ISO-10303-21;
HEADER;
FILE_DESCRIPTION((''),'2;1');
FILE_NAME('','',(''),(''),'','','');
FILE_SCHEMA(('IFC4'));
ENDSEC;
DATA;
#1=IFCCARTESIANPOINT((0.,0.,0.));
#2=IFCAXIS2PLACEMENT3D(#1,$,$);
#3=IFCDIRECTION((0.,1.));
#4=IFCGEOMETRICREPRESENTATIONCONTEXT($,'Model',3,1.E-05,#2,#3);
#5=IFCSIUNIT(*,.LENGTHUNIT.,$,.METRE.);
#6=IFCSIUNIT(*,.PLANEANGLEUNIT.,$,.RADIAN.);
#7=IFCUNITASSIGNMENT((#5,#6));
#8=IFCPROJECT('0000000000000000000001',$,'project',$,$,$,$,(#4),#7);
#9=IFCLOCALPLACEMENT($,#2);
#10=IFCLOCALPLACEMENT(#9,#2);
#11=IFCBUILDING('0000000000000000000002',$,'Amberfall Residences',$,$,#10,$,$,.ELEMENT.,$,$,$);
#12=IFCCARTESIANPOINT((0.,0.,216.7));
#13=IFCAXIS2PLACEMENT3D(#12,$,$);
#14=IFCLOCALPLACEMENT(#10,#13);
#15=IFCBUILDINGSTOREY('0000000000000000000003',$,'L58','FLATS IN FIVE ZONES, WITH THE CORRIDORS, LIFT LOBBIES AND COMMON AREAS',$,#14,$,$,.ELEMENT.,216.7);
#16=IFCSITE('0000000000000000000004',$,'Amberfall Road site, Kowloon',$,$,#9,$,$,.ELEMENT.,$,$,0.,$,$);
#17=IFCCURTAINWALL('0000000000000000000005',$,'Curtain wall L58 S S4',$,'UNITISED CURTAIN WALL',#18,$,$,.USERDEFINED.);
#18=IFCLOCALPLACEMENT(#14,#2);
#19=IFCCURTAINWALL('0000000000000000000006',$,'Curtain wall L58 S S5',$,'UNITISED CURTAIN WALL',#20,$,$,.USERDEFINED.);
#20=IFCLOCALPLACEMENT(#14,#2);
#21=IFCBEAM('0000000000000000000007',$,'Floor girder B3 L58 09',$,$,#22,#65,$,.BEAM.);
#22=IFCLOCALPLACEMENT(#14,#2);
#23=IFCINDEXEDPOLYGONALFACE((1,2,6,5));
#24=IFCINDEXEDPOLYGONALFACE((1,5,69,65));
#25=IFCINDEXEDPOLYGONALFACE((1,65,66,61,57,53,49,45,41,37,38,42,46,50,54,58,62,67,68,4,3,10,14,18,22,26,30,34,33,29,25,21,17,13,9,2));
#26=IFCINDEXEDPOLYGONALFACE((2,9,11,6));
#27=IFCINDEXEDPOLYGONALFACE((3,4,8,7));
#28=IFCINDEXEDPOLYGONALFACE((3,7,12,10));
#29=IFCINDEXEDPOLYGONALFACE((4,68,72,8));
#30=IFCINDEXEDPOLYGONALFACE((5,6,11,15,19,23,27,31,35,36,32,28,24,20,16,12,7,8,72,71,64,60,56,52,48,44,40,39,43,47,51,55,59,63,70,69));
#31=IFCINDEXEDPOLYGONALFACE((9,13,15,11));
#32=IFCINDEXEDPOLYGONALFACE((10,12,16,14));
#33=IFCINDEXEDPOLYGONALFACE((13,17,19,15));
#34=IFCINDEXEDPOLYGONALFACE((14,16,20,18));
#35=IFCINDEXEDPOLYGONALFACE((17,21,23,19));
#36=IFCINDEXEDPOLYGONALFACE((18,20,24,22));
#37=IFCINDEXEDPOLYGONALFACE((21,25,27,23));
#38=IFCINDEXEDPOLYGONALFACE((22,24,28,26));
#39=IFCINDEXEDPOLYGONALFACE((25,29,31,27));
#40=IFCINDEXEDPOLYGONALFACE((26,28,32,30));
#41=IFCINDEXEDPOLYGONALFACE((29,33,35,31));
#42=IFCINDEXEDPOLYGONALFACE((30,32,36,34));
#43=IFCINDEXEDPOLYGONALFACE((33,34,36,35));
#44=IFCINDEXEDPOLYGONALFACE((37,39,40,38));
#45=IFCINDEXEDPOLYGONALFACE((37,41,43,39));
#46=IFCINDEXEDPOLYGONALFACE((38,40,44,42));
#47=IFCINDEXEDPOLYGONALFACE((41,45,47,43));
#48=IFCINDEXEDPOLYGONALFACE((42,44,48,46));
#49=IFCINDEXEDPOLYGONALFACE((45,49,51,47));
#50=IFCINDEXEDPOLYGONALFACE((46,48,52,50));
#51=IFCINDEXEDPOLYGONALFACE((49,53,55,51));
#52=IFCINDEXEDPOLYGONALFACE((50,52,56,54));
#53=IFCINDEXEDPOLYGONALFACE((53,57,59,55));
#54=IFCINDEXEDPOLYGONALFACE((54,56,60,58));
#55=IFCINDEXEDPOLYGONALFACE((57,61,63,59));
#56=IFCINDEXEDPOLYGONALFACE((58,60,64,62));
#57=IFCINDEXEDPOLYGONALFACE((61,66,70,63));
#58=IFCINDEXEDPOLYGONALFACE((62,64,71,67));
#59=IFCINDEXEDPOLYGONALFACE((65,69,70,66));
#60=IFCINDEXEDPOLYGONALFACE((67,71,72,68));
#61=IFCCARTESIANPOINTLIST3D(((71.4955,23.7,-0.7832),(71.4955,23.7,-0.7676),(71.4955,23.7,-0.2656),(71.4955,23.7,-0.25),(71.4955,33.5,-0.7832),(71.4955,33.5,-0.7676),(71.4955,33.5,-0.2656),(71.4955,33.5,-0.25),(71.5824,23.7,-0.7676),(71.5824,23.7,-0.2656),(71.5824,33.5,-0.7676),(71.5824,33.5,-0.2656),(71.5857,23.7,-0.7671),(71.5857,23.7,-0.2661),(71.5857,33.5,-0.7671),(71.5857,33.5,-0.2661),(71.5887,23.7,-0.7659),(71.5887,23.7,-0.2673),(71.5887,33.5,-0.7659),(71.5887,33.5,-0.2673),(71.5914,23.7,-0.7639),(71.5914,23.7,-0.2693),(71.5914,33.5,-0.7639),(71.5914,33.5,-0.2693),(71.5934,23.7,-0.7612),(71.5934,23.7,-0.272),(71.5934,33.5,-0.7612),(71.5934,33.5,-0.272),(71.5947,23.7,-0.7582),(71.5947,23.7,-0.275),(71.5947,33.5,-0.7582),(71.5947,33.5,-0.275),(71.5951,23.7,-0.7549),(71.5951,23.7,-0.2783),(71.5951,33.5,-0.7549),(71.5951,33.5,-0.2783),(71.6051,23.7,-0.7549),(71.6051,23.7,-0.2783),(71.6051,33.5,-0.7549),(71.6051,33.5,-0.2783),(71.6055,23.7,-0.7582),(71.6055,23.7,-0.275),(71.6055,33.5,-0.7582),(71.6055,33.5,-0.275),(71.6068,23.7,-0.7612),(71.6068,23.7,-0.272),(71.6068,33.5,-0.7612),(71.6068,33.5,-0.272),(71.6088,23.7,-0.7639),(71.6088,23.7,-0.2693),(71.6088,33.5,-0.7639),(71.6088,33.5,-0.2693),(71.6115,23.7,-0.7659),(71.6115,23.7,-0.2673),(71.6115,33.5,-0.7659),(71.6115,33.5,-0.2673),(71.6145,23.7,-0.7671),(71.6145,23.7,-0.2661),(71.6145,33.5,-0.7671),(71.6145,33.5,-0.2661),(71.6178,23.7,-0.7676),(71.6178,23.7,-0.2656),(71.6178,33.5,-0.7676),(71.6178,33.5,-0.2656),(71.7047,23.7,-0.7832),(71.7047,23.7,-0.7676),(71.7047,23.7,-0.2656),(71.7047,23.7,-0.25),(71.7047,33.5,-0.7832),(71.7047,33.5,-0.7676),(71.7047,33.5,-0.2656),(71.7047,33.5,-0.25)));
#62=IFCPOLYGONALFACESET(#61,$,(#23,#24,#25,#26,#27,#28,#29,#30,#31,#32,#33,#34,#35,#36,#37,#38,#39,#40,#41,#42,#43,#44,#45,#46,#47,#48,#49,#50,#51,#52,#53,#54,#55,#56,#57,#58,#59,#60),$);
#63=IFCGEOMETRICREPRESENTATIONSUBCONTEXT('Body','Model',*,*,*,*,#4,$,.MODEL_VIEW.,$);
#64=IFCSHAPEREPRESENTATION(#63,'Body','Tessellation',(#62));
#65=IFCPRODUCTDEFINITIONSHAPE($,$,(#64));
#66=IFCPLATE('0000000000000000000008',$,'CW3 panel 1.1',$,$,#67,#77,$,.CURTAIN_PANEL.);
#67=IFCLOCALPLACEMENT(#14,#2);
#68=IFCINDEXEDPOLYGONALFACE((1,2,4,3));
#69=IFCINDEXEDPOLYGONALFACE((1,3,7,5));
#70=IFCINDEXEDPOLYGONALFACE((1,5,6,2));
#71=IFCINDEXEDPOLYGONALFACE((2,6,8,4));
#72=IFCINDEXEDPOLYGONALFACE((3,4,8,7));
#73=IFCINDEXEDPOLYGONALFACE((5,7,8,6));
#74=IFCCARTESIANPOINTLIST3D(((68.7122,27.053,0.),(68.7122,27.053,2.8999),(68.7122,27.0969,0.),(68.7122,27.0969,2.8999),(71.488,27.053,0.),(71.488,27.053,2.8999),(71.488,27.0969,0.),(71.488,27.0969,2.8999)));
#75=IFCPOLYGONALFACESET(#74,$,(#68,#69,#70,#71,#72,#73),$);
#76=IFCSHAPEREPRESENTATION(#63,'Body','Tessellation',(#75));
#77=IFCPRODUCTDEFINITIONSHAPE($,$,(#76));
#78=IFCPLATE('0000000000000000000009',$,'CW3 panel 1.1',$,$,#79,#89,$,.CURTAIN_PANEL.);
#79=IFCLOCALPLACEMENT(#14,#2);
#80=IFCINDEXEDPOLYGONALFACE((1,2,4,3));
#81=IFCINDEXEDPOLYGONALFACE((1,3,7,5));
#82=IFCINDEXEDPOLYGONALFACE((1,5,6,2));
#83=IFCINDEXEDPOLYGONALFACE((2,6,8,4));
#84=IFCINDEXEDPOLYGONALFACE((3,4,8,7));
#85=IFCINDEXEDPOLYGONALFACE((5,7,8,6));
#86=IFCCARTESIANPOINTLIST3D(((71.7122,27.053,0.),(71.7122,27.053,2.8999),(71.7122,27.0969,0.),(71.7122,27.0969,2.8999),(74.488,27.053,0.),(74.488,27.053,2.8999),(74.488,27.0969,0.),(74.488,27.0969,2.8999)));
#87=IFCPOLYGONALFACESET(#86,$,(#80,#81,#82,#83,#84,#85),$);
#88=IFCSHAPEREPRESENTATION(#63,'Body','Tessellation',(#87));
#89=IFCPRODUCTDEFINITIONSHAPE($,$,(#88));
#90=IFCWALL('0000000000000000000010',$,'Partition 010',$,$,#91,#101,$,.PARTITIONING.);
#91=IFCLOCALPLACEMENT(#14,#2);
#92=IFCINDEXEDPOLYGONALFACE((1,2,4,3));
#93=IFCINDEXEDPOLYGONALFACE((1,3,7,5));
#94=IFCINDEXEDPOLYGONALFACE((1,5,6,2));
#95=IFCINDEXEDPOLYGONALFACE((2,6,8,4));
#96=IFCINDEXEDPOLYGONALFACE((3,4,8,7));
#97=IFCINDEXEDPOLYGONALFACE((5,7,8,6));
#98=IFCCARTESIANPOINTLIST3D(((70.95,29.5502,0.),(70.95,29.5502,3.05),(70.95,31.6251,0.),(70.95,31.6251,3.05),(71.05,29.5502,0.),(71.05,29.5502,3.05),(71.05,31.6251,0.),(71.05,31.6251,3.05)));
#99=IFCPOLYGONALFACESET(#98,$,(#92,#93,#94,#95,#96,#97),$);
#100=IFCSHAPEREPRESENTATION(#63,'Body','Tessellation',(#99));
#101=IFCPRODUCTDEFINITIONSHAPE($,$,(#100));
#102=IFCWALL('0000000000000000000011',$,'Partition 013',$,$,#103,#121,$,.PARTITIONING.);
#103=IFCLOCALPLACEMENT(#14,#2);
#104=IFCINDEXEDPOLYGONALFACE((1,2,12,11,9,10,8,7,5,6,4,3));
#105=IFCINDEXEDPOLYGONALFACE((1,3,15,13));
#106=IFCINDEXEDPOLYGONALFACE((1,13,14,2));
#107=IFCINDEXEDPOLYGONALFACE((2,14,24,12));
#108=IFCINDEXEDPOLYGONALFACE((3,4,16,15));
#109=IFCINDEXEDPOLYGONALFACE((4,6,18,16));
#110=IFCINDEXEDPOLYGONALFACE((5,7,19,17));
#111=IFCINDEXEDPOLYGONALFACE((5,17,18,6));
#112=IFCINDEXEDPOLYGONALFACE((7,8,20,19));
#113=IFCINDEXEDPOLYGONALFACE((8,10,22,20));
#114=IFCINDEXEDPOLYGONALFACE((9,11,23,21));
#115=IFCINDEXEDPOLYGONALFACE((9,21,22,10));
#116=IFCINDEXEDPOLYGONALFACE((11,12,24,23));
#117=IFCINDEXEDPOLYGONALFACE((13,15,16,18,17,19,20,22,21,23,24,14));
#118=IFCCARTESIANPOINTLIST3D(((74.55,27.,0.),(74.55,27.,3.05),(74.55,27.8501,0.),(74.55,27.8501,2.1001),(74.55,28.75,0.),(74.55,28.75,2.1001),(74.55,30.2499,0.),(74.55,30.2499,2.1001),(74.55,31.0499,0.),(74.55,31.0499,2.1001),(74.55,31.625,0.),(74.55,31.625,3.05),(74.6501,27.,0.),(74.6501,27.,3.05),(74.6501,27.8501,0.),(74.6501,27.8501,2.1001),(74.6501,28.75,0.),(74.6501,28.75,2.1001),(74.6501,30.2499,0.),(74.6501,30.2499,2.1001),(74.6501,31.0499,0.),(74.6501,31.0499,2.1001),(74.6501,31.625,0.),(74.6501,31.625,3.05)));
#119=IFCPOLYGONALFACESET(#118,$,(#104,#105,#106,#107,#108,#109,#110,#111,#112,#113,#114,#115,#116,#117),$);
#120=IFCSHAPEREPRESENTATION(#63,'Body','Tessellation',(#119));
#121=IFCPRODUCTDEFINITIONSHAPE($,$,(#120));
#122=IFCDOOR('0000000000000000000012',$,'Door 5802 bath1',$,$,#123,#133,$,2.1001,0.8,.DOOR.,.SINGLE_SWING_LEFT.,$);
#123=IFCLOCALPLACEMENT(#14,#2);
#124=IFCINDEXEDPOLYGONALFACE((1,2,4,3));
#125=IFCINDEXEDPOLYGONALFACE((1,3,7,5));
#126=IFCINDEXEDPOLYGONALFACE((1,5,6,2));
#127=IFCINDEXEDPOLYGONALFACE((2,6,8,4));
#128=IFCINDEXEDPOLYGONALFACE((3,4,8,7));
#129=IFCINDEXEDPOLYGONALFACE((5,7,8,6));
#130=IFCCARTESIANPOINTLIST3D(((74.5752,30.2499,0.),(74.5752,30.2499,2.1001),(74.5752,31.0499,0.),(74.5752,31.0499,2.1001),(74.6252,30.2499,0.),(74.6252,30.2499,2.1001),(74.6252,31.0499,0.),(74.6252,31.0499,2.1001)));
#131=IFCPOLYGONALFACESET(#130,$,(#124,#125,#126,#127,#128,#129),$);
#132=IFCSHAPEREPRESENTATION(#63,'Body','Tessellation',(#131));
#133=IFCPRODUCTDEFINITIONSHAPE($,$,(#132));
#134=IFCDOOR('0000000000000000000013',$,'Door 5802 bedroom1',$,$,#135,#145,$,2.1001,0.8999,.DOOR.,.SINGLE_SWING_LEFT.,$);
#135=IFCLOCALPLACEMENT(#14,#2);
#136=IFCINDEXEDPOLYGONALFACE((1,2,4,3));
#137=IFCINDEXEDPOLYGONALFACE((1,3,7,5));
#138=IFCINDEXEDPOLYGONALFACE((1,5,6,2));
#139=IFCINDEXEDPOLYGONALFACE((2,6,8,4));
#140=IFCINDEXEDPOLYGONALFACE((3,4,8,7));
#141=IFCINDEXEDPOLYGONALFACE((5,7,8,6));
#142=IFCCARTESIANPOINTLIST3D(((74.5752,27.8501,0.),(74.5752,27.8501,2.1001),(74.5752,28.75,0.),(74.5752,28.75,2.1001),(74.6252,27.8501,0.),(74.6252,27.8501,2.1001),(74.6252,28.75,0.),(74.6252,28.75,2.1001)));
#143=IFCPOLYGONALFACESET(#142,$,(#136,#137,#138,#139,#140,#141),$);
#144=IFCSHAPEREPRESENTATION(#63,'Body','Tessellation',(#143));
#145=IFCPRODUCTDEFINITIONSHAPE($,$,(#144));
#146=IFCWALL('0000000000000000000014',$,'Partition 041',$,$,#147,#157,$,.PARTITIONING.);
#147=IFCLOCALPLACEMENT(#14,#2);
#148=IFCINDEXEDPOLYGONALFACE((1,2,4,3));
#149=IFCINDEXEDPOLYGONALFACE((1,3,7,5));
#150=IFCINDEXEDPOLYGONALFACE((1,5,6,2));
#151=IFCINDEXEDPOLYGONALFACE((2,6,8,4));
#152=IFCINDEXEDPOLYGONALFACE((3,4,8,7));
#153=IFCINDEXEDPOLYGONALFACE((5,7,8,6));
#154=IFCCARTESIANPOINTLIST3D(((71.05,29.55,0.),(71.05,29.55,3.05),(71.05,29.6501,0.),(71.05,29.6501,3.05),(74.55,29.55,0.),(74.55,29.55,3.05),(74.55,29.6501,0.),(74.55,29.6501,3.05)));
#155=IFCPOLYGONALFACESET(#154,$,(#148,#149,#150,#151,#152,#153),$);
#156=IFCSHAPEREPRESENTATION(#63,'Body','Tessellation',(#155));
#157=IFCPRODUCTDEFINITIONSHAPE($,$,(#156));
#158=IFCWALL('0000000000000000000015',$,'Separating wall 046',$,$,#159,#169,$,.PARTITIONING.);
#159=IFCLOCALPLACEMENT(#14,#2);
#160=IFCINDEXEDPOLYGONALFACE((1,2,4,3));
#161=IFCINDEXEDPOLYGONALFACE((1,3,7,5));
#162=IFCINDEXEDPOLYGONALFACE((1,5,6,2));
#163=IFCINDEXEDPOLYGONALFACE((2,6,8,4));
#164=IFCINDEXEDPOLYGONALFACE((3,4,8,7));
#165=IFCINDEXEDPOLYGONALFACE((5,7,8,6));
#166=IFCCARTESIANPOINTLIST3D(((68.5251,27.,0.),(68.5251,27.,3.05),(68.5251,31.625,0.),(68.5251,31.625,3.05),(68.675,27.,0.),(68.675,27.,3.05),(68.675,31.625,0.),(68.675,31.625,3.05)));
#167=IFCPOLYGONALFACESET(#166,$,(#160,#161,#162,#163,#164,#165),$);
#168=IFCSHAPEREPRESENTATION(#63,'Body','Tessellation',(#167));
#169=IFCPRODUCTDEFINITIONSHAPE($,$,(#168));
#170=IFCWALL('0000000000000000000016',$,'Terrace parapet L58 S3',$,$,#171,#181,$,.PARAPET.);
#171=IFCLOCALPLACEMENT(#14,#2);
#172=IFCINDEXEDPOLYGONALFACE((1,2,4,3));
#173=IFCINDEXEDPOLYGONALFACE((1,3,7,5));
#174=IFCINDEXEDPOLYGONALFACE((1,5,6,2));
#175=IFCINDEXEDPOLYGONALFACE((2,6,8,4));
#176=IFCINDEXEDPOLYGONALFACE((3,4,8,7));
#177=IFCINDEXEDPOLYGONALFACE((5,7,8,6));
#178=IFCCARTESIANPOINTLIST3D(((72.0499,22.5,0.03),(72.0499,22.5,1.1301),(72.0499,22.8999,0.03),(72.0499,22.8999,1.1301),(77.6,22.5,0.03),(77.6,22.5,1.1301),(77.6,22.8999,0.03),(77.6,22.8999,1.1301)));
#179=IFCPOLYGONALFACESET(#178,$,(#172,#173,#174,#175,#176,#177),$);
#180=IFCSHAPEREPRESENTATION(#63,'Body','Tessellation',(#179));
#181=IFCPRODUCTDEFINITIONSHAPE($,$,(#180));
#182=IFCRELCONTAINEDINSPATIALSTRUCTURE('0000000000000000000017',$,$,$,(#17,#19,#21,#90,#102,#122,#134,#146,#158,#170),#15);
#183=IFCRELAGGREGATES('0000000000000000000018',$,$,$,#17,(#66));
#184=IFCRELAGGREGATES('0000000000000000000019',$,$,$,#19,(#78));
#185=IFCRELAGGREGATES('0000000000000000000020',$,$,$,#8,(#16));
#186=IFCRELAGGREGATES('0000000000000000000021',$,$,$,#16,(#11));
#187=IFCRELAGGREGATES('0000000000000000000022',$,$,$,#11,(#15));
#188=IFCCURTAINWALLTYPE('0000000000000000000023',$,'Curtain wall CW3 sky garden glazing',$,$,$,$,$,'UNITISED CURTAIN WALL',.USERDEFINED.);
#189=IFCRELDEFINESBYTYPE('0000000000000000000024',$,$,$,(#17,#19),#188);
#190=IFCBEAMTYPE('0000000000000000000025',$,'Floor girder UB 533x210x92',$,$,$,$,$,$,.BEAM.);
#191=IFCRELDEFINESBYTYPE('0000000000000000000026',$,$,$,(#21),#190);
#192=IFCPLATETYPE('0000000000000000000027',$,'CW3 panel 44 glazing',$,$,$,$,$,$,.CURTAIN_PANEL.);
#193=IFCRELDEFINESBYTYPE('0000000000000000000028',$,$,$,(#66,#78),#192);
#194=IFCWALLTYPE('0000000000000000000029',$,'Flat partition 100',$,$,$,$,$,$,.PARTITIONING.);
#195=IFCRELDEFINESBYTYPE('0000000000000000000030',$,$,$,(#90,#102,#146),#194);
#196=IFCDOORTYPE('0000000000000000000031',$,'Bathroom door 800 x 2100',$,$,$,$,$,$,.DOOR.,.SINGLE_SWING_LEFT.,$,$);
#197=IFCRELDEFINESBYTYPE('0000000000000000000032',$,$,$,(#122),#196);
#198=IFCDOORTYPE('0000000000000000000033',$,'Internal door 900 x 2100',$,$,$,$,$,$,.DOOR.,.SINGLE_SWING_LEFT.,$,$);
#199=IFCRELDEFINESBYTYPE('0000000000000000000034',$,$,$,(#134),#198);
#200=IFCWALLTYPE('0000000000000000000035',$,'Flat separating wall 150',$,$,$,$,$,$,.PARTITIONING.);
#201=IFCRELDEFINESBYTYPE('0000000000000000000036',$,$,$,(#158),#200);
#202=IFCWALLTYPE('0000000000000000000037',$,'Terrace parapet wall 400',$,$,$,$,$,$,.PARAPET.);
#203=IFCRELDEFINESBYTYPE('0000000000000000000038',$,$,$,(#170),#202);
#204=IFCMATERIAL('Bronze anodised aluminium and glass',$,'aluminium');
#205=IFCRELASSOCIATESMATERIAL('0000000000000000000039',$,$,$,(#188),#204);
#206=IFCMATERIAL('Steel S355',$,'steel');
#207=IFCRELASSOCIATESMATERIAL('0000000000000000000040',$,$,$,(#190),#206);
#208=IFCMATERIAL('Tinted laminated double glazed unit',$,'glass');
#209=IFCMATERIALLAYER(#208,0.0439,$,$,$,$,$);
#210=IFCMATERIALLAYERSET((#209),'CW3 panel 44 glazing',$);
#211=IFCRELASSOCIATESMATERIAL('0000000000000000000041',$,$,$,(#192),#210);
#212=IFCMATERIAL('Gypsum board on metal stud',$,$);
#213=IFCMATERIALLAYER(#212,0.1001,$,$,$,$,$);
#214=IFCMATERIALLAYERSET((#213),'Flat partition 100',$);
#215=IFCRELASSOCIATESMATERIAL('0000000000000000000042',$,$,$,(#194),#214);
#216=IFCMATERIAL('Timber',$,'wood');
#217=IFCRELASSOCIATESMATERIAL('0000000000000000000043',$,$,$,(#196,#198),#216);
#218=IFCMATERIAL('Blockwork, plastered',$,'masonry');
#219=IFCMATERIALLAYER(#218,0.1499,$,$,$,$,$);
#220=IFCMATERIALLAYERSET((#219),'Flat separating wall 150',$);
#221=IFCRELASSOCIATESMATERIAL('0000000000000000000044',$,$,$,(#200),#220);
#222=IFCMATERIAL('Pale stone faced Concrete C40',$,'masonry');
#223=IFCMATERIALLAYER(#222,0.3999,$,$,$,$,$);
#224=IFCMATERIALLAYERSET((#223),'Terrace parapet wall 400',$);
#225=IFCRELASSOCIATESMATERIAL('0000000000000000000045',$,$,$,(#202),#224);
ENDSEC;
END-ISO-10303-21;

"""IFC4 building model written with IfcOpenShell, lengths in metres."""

from ifc_helpers import new_model, si_unit, direction, frame, frame_2d, origin, origin_2d, place, context, subcontext, project, spatial, rectangle, i_section, extrude, material, layer, layer_set, material_profile, profile_set, type_object, element, fill, aggregate, save


model = new_model("IFC4")

# Units and contexts
model_context = context("Model", 3, precision=1e-05, world=origin(), true_north=direction((0.0, 1.0)))
body_context = subcontext(model_context, "Body", "Model", "MODEL_VIEW")
ifc_project = project(units=[si_unit("LENGTHUNIT", "METRE"), si_unit("PLANEANGLEUNIT", "RADIAN")], contexts=[model_context])

# Site, building, storey
site_placement = place(None, origin())
site = spatial("IfcSite", under=ifc_project, at=site_placement, Name="Amberfall Road site, Kowloon", CompositionType="ELEMENT", RefElevation=0.0)
building_placement = place(site_placement, origin())
building = spatial("IfcBuilding", under=site, at=building_placement, Name="Amberfall Residences", CompositionType="ELEMENT")
storey_placement = place(building_placement, frame((0.0, 0.0, 216.7)))
storey = spatial("IfcBuildingStorey", under=building, at=storey_placement, Name="L58", Description="FLATS IN FIVE ZONES, WITH THE CORRIDORS, LIFT LOBBIES AND COMMON AREAS", CompositionType="ELEMENT", Elevation=216.7)

# Curtain walls
ifc_material_1 = material(Name="Bronze anodised aluminium and glass", Category="aluminium")
curtain_wall_type = type_object("IfcCurtainWallType", Name="Curtain wall CW3 sky garden glazing", ElementType="UNITISED CURTAIN WALL", PredefinedType="USERDEFINED", material=ifc_material_1)
curtain_wall_1_placement = place(storey_placement, origin())
curtain_wall_1 = element("IfcCurtainWall", 1, at=curtain_wall_1_placement, inside=storey, type_object=curtain_wall_type, Name="Curtain wall L58 S S4", ObjectType="UNITISED CURTAIN WALL", PredefinedType="USERDEFINED")
curtain_wall_2_placement = place(storey_placement, origin())
curtain_wall_2 = element("IfcCurtainWall", 2, at=curtain_wall_2_placement, inside=storey, type_object=curtain_wall_type, Name="Curtain wall L58 S S5", ObjectType="UNITISED CURTAIN WALL", PredefinedType="USERDEFINED")

# Beam
ifc_material_2 = material(Name="Steel S355", Category="steel")
ifc_material_profile_1 = material_profile(ifc_material_2, i_section(OverallWidth=0.2092, OverallDepth=0.5332, WebThickness=0.01, FlangeThickness=0.0156, FilletRadius=0.0127, at=origin_2d()), Name="UB 533x210x92")
ifc_profile_set_1 = profile_set([ifc_material_profile_1], Name="Steel S355")
beam_type_1 = type_object("IfcBeamType", Name="Floor girder UB 533x210x92", PredefinedType="BEAM", material=ifc_profile_set_1)
beam_1_placement = place(storey_placement, frame((71.6001, 23.7, -0.5166), z_axis=(0.0, 1.0, 0.0), x_axis=(-1.0, 0.0, 0.0)))
element("IfcBeam", 3, at=beam_1_placement, inside=storey, type_object=beam_type_1, Name="Floor girder B3 L58 09", PredefinedType="BEAM", context=body_context, shape_type="SweptSolid", body=[
    extrude(i_section(OverallWidth=0.2092, OverallDepth=0.5332, WebThickness=0.01, FlangeThickness=0.0156, FilletRadius=0.0127, at=origin_2d()), origin(), (0.0, 0.0, 1.0), 9.8),
])

# Plates
ifc_material_3 = material(Name="Tinted laminated double glazed unit", Category="glass")
ifc_layer_1 = layer(ifc_material_3, 0.0439)
ifc_layer_set_1 = layer_set([ifc_layer_1], Name="CW3 panel 44 glazing")
plate_type = type_object("IfcPlateType", Name="CW3 panel 44 glazing", PredefinedType="CURTAIN_PANEL", material=ifc_layer_set_1)
plate_1_placement = place(storey_placement, frame((70.1001, 27.075, 0.0), z_axis=(0.0, 0.0, 1.0), x_axis=(1.0, 0.0, 0.0)))
plate_1 = element("IfcPlate", 4, at=plate_1_placement, type_object=plate_type, Name="CW3 panel 1.1", PredefinedType="CURTAIN_PANEL", context=body_context, shape_type="SweptSolid", body=[
    extrude(rectangle(XDim=2.7759, YDim=0.0439, at=origin_2d()), origin(), (0.0, 0.0, 1.0), 2.8999),
])
aggregate(curtain_wall_1, [plate_1])
plate_2_placement = place(storey_placement, frame((73.1001, 27.075, 0.0), z_axis=(0.0, 0.0, 1.0), x_axis=(1.0, 0.0, 0.0)))
plate_2 = element("IfcPlate", 5, at=plate_2_placement, type_object=plate_type, Name="CW3 panel 1.1", PredefinedType="CURTAIN_PANEL", context=body_context, shape_type="SweptSolid", body=[
    extrude(rectangle(XDim=2.7759, YDim=0.0439, at=origin_2d()), origin(), (0.0, 0.0, 1.0), 2.8999),
])
aggregate(curtain_wall_2, [plate_2])

# Wall
ifc_material_4 = material(Name="Gypsum board on metal stud")
ifc_layer_2 = layer(ifc_material_4, 0.1001)
ifc_layer_set_2 = layer_set([ifc_layer_2], Name="Flat partition 100")
wall_type_1 = type_object("IfcWallType", Name="Flat partition 100", PredefinedType="PARTITIONING", material=ifc_layer_set_2)
wall_1_placement = place(storey_placement, frame((71.0, 29.55, 0.0), z_axis=(0.0, 0.0, 1.0), x_axis=(0.0, 1.0, 0.0)))
element("IfcWall", 6, at=wall_1_placement, inside=storey, type_object=wall_type_1, Name="Partition 010", PredefinedType="PARTITIONING", context=body_context, shape_type="SweptSolid", body=[
    extrude(rectangle(XDim=2.075, YDim=0.1001, at=frame_2d((1.0376, 0.0))), origin(), (0.0, 0.0, 1.0), 3.05),
])

# Wall, openings, doors
wall_2_placement = place(storey_placement, frame((74.6001, 27.0, 0.0), z_axis=(0.0, 0.0, 1.0), x_axis=(0.0, 1.0, 0.0)))
wall_2 = element("IfcWall", 7, at=wall_2_placement, inside=storey, type_object=wall_type_1, Name="Partition 013", PredefinedType="PARTITIONING", context=body_context, shape_type="SweptSolid", body=[
    extrude(rectangle(XDim=4.625, YDim=0.1001, at=frame_2d((2.3125, 0.0))), origin(), (0.0, 0.0, 1.0), 3.05),
])
opening_1_placement = place(wall_2_placement, frame((0.8501, 0.0, 0.0)))
opening_1 = element("IfcOpeningElement", 8, at=opening_1_placement, cuts=wall_2, PredefinedType="OPENING", context=body_context, shape_type="SweptSolid", body=[
    extrude(rectangle(XDim=0.8999, YDim=2.1001, at=frame_2d((0.45, 1.05))), frame((0.0, 0.0601, 0.0), z_axis=(0.0, -1.0, 0.0), x_axis=(1.0, 0.0, 0.0)), (0.0, 0.0, 1.0), 0.1201),
])
opening_2_placement = place(wall_2_placement, frame((3.25, 0.0, 0.0)))
opening_2 = element("IfcOpeningElement", 9, at=opening_2_placement, cuts=wall_2, PredefinedType="OPENING", context=body_context, shape_type="SweptSolid", body=[
    extrude(rectangle(XDim=0.8, YDim=2.1001, at=frame_2d((0.3999, 1.05))), frame((0.0, 0.0601, 0.0), z_axis=(0.0, -1.0, 0.0), x_axis=(1.0, 0.0, 0.0)), (0.0, 0.0, 1.0), 0.1201),
])
ifc_material_5 = material(Name="Timber", Category="wood")
door_type_1 = type_object("IfcDoorType", Name="Bathroom door 800 x 2100", OperationType="SINGLE_SWING_LEFT", PredefinedType="DOOR", material=ifc_material_5)
door_1_placement = place(opening_2_placement, origin())
door_1 = element("IfcDoor", 10, at=door_1_placement, inside=storey, type_object=door_type_1, Name="Door 5802 bath1", OperationType="SINGLE_SWING_LEFT", OverallHeight=2.1001, OverallWidth=0.8, PredefinedType="DOOR", context=body_context, shape_type="SweptSolid", body=[
    extrude(rectangle(XDim=0.8, YDim=2.1001, at=frame_2d((0.3999, 1.05))), frame((0.0, 0.0249, 0.0), z_axis=(0.0, -1.0, 0.0), x_axis=(1.0, 0.0, 0.0)), (0.0, 0.0, 1.0), 0.05),
])
fill(opening_2, door_1)
door_type_2 = type_object("IfcDoorType", Name="Internal door 900 x 2100", OperationType="SINGLE_SWING_LEFT", PredefinedType="DOOR", material=ifc_material_5)
door_2_placement = place(opening_1_placement, origin())
door_2 = element("IfcDoor", 11, at=door_2_placement, inside=storey, type_object=door_type_2, Name="Door 5802 bedroom1", OperationType="SINGLE_SWING_LEFT", OverallHeight=2.1001, OverallWidth=0.8999, PredefinedType="DOOR", context=body_context, shape_type="SweptSolid", body=[
    extrude(rectangle(XDim=0.8999, YDim=2.1001, at=frame_2d((0.45, 1.05))), frame((0.0, 0.0249, 0.0), z_axis=(0.0, -1.0, 0.0), x_axis=(1.0, 0.0, 0.0)), (0.0, 0.0, 1.0), 0.05),
])
fill(opening_1, door_2)

# Walls
wall_3_placement = place(storey_placement, frame((71.05, 29.6001, 0.0), z_axis=(0.0, 0.0, 1.0), x_axis=(1.0, 0.0, 0.0)))
element("IfcWall", 12, at=wall_3_placement, inside=storey, type_object=wall_type_1, Name="Partition 041", PredefinedType="PARTITIONING", context=body_context, shape_type="SweptSolid", body=[
    extrude(rectangle(XDim=3.5, YDim=0.1001, at=frame_2d((1.75, 0.0))), origin(), (0.0, 0.0, 1.0), 3.05),
])
ifc_material_6 = material(Name="Blockwork, plastered", Category="masonry")
ifc_layer_3 = layer(ifc_material_6, 0.1499)
ifc_layer_set_3 = layer_set([ifc_layer_3], Name="Flat separating wall 150")
wall_type_2 = type_object("IfcWallType", Name="Flat separating wall 150", PredefinedType="PARTITIONING", material=ifc_layer_set_3)
wall_4_placement = place(storey_placement, frame((68.6001, 27.0, 0.0), z_axis=(0.0, 0.0, 1.0), x_axis=(0.0, 1.0, 0.0)))
element("IfcWall", 13, at=wall_4_placement, inside=storey, type_object=wall_type_2, Name="Separating wall 046", PredefinedType="PARTITIONING", context=body_context, shape_type="SweptSolid", body=[
    extrude(rectangle(XDim=4.625, YDim=0.1499, at=frame_2d((2.3125, 0.0))), origin(), (0.0, 0.0, 1.0), 3.05),
])

# Wall
ifc_material_7 = material(Name="Pale stone faced Concrete C40", Category="masonry")
ifc_layer_4 = layer(ifc_material_7, 0.3999)
ifc_layer_set_4 = layer_set([ifc_layer_4], Name="Terrace parapet wall 400")
wall_type_3 = type_object("IfcWallType", Name="Terrace parapet wall 400", PredefinedType="PARAPET", material=ifc_layer_set_4)
wall_5_placement = place(storey_placement, frame((72.05, 22.7, 0.03), z_axis=(0.0, 0.0, 1.0), x_axis=(1.0, 0.0, 0.0)))
element("IfcWall", 14, at=wall_5_placement, inside=storey, type_object=wall_type_3, Name="Terrace parapet L58 S3", PredefinedType="PARAPET", context=body_context, shape_type="SweptSolid", body=[
    extrude(rectangle(XDim=5.55, YDim=0.3999, at=frame_2d((2.7749, 0.0))), origin(), (0.0, 0.0, 1.0), 1.1001),
])

save(model, "model.ifc")
